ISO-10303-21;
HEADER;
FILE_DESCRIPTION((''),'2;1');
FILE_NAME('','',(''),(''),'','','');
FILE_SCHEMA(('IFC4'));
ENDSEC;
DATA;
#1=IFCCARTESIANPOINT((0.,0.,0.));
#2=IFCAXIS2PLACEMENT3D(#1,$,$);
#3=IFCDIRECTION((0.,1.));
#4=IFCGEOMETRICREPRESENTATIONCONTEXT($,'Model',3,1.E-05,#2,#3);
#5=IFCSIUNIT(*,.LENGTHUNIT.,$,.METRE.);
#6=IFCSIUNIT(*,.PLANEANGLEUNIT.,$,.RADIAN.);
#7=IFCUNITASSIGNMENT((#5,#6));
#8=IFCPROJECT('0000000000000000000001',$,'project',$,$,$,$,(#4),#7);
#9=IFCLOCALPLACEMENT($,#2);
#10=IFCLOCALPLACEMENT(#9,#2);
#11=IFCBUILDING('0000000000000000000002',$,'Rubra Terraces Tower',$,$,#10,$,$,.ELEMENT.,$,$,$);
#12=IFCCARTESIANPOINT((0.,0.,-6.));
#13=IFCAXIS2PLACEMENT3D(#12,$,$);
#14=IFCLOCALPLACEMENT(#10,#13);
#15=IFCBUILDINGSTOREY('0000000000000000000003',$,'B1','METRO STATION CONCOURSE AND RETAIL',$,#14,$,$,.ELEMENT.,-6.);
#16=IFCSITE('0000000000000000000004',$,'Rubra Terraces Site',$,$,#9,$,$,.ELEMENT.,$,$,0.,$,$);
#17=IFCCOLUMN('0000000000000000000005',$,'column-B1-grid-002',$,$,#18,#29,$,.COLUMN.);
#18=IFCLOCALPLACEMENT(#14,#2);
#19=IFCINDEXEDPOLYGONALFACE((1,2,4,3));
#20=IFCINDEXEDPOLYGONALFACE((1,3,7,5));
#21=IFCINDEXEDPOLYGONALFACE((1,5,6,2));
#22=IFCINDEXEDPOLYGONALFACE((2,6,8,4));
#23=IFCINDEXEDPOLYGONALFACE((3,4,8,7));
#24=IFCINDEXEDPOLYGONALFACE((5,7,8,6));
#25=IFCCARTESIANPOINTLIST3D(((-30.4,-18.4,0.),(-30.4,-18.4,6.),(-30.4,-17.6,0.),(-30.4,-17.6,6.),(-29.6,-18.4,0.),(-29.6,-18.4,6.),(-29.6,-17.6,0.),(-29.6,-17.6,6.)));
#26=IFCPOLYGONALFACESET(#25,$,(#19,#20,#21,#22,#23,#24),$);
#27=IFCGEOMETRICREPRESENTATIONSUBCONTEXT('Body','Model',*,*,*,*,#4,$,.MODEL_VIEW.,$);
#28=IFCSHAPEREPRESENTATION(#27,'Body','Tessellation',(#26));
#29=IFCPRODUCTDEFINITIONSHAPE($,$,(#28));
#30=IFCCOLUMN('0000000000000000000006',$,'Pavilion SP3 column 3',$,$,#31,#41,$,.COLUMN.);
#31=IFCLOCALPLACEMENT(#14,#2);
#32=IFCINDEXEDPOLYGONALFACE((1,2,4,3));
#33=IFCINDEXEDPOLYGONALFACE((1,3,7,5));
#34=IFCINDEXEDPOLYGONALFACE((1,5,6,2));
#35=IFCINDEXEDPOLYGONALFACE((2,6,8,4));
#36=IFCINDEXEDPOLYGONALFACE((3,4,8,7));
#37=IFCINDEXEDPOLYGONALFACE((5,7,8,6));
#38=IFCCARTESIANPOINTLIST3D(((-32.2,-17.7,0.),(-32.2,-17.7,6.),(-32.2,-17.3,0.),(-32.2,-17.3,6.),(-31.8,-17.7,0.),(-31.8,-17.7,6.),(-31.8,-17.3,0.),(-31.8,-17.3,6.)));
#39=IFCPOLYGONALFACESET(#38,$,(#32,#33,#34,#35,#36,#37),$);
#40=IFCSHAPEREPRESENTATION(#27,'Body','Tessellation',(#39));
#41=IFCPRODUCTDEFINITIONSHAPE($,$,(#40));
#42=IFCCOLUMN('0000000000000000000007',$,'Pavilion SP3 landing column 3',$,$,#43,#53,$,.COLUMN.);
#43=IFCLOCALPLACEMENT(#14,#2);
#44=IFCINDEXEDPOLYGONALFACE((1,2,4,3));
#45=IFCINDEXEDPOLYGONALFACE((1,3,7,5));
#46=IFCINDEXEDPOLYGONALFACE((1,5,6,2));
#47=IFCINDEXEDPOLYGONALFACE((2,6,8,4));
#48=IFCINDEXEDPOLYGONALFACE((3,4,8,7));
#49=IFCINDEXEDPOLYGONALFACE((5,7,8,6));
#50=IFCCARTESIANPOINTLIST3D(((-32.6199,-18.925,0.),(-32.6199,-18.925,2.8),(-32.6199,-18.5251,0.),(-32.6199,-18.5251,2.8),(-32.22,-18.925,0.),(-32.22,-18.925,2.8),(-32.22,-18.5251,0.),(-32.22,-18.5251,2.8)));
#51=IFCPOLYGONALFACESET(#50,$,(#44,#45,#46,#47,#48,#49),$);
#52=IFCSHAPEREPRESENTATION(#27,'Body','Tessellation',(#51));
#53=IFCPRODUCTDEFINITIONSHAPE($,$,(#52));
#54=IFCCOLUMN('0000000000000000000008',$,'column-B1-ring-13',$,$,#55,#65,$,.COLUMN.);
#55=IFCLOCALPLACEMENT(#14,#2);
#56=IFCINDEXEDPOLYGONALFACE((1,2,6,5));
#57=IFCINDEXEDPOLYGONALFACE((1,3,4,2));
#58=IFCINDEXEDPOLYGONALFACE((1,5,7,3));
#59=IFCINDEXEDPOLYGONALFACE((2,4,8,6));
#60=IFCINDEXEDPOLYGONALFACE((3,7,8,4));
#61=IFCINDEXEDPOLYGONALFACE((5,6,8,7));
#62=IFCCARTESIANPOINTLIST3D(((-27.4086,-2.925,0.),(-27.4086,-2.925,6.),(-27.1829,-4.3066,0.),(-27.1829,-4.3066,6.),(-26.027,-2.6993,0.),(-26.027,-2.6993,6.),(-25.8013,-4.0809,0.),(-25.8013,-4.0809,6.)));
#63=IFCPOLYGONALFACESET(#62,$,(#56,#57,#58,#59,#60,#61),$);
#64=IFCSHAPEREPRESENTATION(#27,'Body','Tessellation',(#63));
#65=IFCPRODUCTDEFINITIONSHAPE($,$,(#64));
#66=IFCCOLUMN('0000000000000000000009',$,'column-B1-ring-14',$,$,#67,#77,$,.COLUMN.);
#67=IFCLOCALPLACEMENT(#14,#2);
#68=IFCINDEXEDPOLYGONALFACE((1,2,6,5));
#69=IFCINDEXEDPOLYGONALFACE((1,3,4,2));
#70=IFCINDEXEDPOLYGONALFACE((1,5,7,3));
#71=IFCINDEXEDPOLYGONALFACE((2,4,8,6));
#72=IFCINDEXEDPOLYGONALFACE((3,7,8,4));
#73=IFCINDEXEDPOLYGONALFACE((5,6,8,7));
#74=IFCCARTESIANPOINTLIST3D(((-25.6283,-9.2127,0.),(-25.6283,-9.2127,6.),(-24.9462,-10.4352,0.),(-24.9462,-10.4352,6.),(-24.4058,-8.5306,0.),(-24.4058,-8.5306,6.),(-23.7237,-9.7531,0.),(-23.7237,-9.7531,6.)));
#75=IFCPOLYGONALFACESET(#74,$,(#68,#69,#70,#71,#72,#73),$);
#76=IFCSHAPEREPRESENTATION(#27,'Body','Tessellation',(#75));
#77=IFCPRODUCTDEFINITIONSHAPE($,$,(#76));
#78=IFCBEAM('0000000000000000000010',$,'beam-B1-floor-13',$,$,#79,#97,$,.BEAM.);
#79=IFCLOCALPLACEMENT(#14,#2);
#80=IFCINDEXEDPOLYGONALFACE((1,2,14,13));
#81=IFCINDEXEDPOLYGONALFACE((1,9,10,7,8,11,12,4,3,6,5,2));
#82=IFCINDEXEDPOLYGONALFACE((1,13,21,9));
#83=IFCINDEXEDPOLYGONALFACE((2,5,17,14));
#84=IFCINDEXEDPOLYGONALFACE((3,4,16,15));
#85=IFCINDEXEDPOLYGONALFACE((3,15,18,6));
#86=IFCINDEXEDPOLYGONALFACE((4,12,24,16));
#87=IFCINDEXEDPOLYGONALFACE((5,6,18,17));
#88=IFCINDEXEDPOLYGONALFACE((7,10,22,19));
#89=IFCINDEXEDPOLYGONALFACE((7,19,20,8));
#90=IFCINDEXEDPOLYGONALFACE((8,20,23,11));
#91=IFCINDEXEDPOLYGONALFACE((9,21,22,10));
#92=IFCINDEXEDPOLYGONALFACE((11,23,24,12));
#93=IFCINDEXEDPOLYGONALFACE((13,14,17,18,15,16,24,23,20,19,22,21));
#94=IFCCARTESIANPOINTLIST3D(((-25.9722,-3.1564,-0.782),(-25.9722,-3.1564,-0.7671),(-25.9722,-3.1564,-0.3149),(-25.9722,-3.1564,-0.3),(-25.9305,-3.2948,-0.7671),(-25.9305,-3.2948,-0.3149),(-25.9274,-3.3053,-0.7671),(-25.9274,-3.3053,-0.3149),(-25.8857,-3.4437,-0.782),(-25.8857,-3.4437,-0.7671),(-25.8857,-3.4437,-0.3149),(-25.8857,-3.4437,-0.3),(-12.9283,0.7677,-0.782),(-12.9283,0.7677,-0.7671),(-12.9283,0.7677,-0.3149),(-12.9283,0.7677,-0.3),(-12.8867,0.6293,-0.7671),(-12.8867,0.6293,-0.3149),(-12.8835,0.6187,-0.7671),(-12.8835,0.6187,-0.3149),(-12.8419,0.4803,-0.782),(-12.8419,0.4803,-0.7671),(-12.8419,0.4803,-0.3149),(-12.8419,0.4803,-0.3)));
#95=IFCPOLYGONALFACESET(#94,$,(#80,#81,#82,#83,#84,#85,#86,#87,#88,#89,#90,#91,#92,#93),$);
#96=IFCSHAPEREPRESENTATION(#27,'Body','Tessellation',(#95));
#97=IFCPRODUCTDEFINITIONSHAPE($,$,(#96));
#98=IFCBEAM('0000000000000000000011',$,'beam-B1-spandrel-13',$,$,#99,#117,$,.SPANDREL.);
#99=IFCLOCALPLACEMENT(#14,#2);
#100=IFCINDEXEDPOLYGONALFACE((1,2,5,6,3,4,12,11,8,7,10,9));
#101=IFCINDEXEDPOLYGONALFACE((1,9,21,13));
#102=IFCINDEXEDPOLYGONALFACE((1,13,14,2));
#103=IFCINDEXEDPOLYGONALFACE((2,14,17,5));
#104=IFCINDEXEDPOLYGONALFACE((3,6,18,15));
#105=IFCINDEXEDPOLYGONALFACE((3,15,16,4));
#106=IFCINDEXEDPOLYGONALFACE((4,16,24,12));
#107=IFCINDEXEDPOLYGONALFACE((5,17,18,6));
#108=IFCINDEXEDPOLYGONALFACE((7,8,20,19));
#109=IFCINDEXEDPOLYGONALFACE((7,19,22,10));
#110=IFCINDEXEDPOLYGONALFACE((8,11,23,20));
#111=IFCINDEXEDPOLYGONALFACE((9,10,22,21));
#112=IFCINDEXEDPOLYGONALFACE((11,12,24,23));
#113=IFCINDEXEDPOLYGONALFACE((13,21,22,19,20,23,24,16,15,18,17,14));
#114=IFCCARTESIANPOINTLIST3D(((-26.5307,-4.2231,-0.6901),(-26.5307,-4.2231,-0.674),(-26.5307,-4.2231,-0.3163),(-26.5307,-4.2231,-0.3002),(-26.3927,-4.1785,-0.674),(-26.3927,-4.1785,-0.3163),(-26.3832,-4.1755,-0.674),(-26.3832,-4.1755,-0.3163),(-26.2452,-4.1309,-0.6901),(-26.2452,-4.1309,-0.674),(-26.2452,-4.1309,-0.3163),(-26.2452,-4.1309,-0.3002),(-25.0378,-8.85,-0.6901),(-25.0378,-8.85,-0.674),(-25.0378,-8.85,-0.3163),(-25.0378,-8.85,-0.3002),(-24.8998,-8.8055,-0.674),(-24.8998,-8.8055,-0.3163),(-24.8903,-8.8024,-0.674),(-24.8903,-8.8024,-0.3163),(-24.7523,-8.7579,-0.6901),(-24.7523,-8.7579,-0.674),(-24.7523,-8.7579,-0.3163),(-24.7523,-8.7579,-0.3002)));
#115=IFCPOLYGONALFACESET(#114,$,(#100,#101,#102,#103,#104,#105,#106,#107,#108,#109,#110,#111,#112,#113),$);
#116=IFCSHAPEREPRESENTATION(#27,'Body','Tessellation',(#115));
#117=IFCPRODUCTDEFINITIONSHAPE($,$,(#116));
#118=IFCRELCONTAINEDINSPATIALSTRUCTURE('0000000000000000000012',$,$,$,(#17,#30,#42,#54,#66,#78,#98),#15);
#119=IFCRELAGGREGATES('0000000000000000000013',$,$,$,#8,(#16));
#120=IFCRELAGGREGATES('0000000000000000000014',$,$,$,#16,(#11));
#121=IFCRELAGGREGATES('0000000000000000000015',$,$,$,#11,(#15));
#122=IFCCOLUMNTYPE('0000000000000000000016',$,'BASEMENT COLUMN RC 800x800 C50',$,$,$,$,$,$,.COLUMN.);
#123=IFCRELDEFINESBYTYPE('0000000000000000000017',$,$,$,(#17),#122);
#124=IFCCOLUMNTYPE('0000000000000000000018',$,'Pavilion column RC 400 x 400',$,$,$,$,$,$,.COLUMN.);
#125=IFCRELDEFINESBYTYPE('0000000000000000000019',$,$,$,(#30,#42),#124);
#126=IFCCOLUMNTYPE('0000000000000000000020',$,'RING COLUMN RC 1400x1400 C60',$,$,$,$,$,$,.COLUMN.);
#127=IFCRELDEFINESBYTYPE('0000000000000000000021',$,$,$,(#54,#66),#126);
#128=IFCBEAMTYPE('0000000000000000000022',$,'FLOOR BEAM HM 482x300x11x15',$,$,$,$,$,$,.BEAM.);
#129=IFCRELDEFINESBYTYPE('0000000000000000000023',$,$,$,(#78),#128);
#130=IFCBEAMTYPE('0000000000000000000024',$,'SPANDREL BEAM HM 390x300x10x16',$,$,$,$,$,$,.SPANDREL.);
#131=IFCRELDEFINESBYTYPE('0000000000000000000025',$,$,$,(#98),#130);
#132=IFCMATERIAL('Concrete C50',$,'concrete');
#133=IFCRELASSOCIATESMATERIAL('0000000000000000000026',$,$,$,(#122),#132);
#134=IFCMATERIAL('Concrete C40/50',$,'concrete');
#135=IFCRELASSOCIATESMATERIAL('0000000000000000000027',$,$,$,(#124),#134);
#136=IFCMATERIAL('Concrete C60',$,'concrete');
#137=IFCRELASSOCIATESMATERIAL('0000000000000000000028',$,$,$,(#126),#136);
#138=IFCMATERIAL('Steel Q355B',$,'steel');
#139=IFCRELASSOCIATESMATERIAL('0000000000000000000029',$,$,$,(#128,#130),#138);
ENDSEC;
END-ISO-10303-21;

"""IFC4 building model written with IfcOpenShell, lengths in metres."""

from ifc_helpers import new_model, si_unit, direction, frame, origin, origin_2d, place, context, subcontext, project, spatial, rectangle, i_section, extrude, material, material_profile, profile_set, type_object, element, save


model = new_model("IFC4")

# Units and contexts
model_context = context("Model", 3, precision=1e-05, world=origin(), true_north=direction((0.0, 1.0)))
body_context = subcontext(model_context, "Body", "Model", "MODEL_VIEW")
ifc_project = project(units=[si_unit("LENGTHUNIT", "METRE"), si_unit("PLANEANGLEUNIT", "RADIAN")], contexts=[model_context])

# Site, building, storey
site_placement = place(None, origin())
site = spatial("IfcSite", under=ifc_project, at=site_placement, Name="Rubra Terraces Site", CompositionType="ELEMENT", RefElevation=0.0)
building_placement = place(site_placement, origin())
building = spatial("IfcBuilding", under=site, at=building_placement, Name="Rubra Terraces Tower", CompositionType="ELEMENT")
storey_placement = place(building_placement, frame((0.0, 0.0, -6.0)))
storey = spatial("IfcBuildingStorey", under=building, at=storey_placement, Name="B1", Description="METRO STATION CONCOURSE AND RETAIL", CompositionType="ELEMENT", Elevation=-6.0)

# Columns
ifc_material_1 = material(Name="Concrete C50", Category="concrete")
ifc_material_profile_1 = material_profile(ifc_material_1, rectangle(XDim=0.8, YDim=0.8, at=origin_2d()), Name="RC 800x800")
ifc_profile_set_1 = profile_set([ifc_material_profile_1], Name="Concrete C50")
column_type_1 = type_object("IfcColumnType", Name="BASEMENT COLUMN RC 800x800 C50", PredefinedType="COLUMN", material=ifc_profile_set_1)
column_1_placement = place(storey_placement, frame((-30.0, -18.0, 0.0), z_axis=(0.0, 0.0, 1.0), x_axis=(1.0, 0.0, 0.0)))
element("IfcColumn", 1, at=column_1_placement, inside=storey, type_object=column_type_1, Name="column-B1-grid-002", PredefinedType="COLUMN", context=body_context, shape_type="SweptSolid", body=[
    extrude(rectangle(XDim=0.8, YDim=0.8, at=origin_2d()), origin(), (0.0, 0.0, 1.0), 6.0),
])
ifc_material_2 = material(Name="Concrete C40/50", Category="concrete")
ifc_material_profile_2 = material_profile(ifc_material_2, rectangle(XDim=0.3999, YDim=0.3999, at=origin_2d()), Name="RC 400x400")
ifc_profile_set_2 = profile_set([ifc_material_profile_2], Name="Concrete C40/50")
column_type_2 = type_object("IfcColumnType", Name="Pavilion column RC 400 x 400", PredefinedType="COLUMN", material=ifc_profile_set_2)
column_2_placement = place(storey_placement, frame((-32.0, -17.5, 0.0), z_axis=(0.0, 0.0, 1.0), x_axis=(1.0, 0.0, 0.0)))
element("IfcColumn", 2, at=column_2_placement, inside=storey, type_object=column_type_2, Name="Pavilion SP3 column 3", PredefinedType="COLUMN", context=body_context, shape_type="SweptSolid", body=[
    extrude(rectangle(XDim=0.3999, YDim=0.3999, at=origin_2d()), origin(), (0.0, 0.0, 1.0), 6.0),
])
column_3_placement = place(storey_placement, frame((-32.4199, -18.7251, 0.0), z_axis=(0.0, 0.0, 1.0), x_axis=(1.0, 0.0, 0.0)))
element("IfcColumn", 3, at=column_3_placement, inside=storey, type_object=column_type_2, Name="Pavilion SP3 landing column 3", PredefinedType="COLUMN", context=body_context, shape_type="SweptSolid", body=[
    extrude(rectangle(XDim=0.3999, YDim=0.3999, at=origin_2d()), origin(), (0.0, 0.0, 1.0), 2.8),
])
ifc_material_3 = material(Name="Concrete C60", Category="concrete")
ifc_material_profile_3 = material_profile(ifc_material_3, rectangle(XDim=1.3999, YDim=1.3999, at=origin_2d()), Name="RC 1400x1400")
ifc_profile_set_3 = profile_set([ifc_material_profile_3], Name="Concrete C60")
column_type_3 = type_object("IfcColumnType", Name="RING COLUMN RC 1400x1400 C60", PredefinedType="COLUMN", material=ifc_profile_set_3)
for number, where, z_axis, x_axis, name in (
    (4, (-26.605, -3.5029, 0.0), (0.0, 0.0, 1.0), (0.161234, -0.986916, 0.0), "column-B1-ring-13"),
    (5, (-24.676, -9.4829, 0.0), (0.0, 0.0, 1.0), (0.487227, -0.873276, 0.0), "column-B1-ring-14"),
):
    element("IfcColumn", number, at=place(storey_placement, frame(where, z_axis=z_axis, x_axis=x_axis)), inside=storey, type_object=column_type_3, Name=name, PredefinedType="COLUMN", context=body_context, shape_type="SweptSolid", body=[
        extrude(rectangle(XDim=1.3999, YDim=1.3999, at=origin_2d()), origin(), (0.0, 0.0, 1.0), 6.0),
    ])

# Beams
ifc_material_4 = material(Name="Steel Q355B", Category="steel")
ifc_material_profile_4 = material_profile(ifc_material_4, i_section(OverallWidth=0.3, OverallDepth=0.4819, WebThickness=0.011, FlangeThickness=0.0149, at=origin_2d()), Name="HM 482x300x11x15")
ifc_profile_set_4 = profile_set([ifc_material_profile_4], Name="Steel Q355B")
beam_type_1 = type_object("IfcBeamType", Name="FLOOR BEAM HM 482x300x11x15", PredefinedType="BEAM", material=ifc_profile_set_4)
beam_1_placement = place(storey_placement, frame((-25.929, -3.3, -0.541), z_axis=(0.957606, 0.288081, 0.0), x_axis=(-0.288081, 0.957606, 0.0)))
element("IfcBeam", 6, at=beam_1_placement, inside=storey, type_object=beam_type_1, Name="beam-B1-floor-13", PredefinedType="BEAM", context=body_context, shape_type="SweptSolid", body=[
    extrude(i_section(OverallWidth=0.3, OverallDepth=0.4819, WebThickness=0.011, FlangeThickness=0.0149, at=origin_2d()), origin(), (0.0, 0.0, 1.0), 13.6213),
])
ifc_material_profile_5 = material_profile(ifc_material_4, i_section(OverallWidth=0.3, OverallDepth=0.3899, WebThickness=0.01, FlangeThickness=0.0161, at=origin_2d()), Name="HM 390x300x10x16")
ifc_profile_set_5 = profile_set([ifc_material_profile_5], Name="Steel Q355B")
beam_type_2 = type_object("IfcBeamType", Name="SPANDREL BEAM HM 390x300x10x16", PredefinedType="SPANDREL", material=ifc_profile_set_5)
beam_2_placement = place(storey_placement, frame((-26.3879, -4.177, -0.4951), z_axis=(0.307069, -0.951687, 0.0), x_axis=(0.951687, 0.307069, 0.0)))
element("IfcBeam", 7, at=beam_2_placement, inside=storey, type_object=beam_type_2, Name="beam-B1-spandrel-13", PredefinedType="SPANDREL", context=body_context, shape_type="SweptSolid", body=[
    extrude(i_section(OverallWidth=0.3, OverallDepth=0.3899, WebThickness=0.01, FlangeThickness=0.0161, at=origin_2d()), origin(), (0.0, 0.0, 1.0), 4.8618),
])

save(model, "model.ifc")
